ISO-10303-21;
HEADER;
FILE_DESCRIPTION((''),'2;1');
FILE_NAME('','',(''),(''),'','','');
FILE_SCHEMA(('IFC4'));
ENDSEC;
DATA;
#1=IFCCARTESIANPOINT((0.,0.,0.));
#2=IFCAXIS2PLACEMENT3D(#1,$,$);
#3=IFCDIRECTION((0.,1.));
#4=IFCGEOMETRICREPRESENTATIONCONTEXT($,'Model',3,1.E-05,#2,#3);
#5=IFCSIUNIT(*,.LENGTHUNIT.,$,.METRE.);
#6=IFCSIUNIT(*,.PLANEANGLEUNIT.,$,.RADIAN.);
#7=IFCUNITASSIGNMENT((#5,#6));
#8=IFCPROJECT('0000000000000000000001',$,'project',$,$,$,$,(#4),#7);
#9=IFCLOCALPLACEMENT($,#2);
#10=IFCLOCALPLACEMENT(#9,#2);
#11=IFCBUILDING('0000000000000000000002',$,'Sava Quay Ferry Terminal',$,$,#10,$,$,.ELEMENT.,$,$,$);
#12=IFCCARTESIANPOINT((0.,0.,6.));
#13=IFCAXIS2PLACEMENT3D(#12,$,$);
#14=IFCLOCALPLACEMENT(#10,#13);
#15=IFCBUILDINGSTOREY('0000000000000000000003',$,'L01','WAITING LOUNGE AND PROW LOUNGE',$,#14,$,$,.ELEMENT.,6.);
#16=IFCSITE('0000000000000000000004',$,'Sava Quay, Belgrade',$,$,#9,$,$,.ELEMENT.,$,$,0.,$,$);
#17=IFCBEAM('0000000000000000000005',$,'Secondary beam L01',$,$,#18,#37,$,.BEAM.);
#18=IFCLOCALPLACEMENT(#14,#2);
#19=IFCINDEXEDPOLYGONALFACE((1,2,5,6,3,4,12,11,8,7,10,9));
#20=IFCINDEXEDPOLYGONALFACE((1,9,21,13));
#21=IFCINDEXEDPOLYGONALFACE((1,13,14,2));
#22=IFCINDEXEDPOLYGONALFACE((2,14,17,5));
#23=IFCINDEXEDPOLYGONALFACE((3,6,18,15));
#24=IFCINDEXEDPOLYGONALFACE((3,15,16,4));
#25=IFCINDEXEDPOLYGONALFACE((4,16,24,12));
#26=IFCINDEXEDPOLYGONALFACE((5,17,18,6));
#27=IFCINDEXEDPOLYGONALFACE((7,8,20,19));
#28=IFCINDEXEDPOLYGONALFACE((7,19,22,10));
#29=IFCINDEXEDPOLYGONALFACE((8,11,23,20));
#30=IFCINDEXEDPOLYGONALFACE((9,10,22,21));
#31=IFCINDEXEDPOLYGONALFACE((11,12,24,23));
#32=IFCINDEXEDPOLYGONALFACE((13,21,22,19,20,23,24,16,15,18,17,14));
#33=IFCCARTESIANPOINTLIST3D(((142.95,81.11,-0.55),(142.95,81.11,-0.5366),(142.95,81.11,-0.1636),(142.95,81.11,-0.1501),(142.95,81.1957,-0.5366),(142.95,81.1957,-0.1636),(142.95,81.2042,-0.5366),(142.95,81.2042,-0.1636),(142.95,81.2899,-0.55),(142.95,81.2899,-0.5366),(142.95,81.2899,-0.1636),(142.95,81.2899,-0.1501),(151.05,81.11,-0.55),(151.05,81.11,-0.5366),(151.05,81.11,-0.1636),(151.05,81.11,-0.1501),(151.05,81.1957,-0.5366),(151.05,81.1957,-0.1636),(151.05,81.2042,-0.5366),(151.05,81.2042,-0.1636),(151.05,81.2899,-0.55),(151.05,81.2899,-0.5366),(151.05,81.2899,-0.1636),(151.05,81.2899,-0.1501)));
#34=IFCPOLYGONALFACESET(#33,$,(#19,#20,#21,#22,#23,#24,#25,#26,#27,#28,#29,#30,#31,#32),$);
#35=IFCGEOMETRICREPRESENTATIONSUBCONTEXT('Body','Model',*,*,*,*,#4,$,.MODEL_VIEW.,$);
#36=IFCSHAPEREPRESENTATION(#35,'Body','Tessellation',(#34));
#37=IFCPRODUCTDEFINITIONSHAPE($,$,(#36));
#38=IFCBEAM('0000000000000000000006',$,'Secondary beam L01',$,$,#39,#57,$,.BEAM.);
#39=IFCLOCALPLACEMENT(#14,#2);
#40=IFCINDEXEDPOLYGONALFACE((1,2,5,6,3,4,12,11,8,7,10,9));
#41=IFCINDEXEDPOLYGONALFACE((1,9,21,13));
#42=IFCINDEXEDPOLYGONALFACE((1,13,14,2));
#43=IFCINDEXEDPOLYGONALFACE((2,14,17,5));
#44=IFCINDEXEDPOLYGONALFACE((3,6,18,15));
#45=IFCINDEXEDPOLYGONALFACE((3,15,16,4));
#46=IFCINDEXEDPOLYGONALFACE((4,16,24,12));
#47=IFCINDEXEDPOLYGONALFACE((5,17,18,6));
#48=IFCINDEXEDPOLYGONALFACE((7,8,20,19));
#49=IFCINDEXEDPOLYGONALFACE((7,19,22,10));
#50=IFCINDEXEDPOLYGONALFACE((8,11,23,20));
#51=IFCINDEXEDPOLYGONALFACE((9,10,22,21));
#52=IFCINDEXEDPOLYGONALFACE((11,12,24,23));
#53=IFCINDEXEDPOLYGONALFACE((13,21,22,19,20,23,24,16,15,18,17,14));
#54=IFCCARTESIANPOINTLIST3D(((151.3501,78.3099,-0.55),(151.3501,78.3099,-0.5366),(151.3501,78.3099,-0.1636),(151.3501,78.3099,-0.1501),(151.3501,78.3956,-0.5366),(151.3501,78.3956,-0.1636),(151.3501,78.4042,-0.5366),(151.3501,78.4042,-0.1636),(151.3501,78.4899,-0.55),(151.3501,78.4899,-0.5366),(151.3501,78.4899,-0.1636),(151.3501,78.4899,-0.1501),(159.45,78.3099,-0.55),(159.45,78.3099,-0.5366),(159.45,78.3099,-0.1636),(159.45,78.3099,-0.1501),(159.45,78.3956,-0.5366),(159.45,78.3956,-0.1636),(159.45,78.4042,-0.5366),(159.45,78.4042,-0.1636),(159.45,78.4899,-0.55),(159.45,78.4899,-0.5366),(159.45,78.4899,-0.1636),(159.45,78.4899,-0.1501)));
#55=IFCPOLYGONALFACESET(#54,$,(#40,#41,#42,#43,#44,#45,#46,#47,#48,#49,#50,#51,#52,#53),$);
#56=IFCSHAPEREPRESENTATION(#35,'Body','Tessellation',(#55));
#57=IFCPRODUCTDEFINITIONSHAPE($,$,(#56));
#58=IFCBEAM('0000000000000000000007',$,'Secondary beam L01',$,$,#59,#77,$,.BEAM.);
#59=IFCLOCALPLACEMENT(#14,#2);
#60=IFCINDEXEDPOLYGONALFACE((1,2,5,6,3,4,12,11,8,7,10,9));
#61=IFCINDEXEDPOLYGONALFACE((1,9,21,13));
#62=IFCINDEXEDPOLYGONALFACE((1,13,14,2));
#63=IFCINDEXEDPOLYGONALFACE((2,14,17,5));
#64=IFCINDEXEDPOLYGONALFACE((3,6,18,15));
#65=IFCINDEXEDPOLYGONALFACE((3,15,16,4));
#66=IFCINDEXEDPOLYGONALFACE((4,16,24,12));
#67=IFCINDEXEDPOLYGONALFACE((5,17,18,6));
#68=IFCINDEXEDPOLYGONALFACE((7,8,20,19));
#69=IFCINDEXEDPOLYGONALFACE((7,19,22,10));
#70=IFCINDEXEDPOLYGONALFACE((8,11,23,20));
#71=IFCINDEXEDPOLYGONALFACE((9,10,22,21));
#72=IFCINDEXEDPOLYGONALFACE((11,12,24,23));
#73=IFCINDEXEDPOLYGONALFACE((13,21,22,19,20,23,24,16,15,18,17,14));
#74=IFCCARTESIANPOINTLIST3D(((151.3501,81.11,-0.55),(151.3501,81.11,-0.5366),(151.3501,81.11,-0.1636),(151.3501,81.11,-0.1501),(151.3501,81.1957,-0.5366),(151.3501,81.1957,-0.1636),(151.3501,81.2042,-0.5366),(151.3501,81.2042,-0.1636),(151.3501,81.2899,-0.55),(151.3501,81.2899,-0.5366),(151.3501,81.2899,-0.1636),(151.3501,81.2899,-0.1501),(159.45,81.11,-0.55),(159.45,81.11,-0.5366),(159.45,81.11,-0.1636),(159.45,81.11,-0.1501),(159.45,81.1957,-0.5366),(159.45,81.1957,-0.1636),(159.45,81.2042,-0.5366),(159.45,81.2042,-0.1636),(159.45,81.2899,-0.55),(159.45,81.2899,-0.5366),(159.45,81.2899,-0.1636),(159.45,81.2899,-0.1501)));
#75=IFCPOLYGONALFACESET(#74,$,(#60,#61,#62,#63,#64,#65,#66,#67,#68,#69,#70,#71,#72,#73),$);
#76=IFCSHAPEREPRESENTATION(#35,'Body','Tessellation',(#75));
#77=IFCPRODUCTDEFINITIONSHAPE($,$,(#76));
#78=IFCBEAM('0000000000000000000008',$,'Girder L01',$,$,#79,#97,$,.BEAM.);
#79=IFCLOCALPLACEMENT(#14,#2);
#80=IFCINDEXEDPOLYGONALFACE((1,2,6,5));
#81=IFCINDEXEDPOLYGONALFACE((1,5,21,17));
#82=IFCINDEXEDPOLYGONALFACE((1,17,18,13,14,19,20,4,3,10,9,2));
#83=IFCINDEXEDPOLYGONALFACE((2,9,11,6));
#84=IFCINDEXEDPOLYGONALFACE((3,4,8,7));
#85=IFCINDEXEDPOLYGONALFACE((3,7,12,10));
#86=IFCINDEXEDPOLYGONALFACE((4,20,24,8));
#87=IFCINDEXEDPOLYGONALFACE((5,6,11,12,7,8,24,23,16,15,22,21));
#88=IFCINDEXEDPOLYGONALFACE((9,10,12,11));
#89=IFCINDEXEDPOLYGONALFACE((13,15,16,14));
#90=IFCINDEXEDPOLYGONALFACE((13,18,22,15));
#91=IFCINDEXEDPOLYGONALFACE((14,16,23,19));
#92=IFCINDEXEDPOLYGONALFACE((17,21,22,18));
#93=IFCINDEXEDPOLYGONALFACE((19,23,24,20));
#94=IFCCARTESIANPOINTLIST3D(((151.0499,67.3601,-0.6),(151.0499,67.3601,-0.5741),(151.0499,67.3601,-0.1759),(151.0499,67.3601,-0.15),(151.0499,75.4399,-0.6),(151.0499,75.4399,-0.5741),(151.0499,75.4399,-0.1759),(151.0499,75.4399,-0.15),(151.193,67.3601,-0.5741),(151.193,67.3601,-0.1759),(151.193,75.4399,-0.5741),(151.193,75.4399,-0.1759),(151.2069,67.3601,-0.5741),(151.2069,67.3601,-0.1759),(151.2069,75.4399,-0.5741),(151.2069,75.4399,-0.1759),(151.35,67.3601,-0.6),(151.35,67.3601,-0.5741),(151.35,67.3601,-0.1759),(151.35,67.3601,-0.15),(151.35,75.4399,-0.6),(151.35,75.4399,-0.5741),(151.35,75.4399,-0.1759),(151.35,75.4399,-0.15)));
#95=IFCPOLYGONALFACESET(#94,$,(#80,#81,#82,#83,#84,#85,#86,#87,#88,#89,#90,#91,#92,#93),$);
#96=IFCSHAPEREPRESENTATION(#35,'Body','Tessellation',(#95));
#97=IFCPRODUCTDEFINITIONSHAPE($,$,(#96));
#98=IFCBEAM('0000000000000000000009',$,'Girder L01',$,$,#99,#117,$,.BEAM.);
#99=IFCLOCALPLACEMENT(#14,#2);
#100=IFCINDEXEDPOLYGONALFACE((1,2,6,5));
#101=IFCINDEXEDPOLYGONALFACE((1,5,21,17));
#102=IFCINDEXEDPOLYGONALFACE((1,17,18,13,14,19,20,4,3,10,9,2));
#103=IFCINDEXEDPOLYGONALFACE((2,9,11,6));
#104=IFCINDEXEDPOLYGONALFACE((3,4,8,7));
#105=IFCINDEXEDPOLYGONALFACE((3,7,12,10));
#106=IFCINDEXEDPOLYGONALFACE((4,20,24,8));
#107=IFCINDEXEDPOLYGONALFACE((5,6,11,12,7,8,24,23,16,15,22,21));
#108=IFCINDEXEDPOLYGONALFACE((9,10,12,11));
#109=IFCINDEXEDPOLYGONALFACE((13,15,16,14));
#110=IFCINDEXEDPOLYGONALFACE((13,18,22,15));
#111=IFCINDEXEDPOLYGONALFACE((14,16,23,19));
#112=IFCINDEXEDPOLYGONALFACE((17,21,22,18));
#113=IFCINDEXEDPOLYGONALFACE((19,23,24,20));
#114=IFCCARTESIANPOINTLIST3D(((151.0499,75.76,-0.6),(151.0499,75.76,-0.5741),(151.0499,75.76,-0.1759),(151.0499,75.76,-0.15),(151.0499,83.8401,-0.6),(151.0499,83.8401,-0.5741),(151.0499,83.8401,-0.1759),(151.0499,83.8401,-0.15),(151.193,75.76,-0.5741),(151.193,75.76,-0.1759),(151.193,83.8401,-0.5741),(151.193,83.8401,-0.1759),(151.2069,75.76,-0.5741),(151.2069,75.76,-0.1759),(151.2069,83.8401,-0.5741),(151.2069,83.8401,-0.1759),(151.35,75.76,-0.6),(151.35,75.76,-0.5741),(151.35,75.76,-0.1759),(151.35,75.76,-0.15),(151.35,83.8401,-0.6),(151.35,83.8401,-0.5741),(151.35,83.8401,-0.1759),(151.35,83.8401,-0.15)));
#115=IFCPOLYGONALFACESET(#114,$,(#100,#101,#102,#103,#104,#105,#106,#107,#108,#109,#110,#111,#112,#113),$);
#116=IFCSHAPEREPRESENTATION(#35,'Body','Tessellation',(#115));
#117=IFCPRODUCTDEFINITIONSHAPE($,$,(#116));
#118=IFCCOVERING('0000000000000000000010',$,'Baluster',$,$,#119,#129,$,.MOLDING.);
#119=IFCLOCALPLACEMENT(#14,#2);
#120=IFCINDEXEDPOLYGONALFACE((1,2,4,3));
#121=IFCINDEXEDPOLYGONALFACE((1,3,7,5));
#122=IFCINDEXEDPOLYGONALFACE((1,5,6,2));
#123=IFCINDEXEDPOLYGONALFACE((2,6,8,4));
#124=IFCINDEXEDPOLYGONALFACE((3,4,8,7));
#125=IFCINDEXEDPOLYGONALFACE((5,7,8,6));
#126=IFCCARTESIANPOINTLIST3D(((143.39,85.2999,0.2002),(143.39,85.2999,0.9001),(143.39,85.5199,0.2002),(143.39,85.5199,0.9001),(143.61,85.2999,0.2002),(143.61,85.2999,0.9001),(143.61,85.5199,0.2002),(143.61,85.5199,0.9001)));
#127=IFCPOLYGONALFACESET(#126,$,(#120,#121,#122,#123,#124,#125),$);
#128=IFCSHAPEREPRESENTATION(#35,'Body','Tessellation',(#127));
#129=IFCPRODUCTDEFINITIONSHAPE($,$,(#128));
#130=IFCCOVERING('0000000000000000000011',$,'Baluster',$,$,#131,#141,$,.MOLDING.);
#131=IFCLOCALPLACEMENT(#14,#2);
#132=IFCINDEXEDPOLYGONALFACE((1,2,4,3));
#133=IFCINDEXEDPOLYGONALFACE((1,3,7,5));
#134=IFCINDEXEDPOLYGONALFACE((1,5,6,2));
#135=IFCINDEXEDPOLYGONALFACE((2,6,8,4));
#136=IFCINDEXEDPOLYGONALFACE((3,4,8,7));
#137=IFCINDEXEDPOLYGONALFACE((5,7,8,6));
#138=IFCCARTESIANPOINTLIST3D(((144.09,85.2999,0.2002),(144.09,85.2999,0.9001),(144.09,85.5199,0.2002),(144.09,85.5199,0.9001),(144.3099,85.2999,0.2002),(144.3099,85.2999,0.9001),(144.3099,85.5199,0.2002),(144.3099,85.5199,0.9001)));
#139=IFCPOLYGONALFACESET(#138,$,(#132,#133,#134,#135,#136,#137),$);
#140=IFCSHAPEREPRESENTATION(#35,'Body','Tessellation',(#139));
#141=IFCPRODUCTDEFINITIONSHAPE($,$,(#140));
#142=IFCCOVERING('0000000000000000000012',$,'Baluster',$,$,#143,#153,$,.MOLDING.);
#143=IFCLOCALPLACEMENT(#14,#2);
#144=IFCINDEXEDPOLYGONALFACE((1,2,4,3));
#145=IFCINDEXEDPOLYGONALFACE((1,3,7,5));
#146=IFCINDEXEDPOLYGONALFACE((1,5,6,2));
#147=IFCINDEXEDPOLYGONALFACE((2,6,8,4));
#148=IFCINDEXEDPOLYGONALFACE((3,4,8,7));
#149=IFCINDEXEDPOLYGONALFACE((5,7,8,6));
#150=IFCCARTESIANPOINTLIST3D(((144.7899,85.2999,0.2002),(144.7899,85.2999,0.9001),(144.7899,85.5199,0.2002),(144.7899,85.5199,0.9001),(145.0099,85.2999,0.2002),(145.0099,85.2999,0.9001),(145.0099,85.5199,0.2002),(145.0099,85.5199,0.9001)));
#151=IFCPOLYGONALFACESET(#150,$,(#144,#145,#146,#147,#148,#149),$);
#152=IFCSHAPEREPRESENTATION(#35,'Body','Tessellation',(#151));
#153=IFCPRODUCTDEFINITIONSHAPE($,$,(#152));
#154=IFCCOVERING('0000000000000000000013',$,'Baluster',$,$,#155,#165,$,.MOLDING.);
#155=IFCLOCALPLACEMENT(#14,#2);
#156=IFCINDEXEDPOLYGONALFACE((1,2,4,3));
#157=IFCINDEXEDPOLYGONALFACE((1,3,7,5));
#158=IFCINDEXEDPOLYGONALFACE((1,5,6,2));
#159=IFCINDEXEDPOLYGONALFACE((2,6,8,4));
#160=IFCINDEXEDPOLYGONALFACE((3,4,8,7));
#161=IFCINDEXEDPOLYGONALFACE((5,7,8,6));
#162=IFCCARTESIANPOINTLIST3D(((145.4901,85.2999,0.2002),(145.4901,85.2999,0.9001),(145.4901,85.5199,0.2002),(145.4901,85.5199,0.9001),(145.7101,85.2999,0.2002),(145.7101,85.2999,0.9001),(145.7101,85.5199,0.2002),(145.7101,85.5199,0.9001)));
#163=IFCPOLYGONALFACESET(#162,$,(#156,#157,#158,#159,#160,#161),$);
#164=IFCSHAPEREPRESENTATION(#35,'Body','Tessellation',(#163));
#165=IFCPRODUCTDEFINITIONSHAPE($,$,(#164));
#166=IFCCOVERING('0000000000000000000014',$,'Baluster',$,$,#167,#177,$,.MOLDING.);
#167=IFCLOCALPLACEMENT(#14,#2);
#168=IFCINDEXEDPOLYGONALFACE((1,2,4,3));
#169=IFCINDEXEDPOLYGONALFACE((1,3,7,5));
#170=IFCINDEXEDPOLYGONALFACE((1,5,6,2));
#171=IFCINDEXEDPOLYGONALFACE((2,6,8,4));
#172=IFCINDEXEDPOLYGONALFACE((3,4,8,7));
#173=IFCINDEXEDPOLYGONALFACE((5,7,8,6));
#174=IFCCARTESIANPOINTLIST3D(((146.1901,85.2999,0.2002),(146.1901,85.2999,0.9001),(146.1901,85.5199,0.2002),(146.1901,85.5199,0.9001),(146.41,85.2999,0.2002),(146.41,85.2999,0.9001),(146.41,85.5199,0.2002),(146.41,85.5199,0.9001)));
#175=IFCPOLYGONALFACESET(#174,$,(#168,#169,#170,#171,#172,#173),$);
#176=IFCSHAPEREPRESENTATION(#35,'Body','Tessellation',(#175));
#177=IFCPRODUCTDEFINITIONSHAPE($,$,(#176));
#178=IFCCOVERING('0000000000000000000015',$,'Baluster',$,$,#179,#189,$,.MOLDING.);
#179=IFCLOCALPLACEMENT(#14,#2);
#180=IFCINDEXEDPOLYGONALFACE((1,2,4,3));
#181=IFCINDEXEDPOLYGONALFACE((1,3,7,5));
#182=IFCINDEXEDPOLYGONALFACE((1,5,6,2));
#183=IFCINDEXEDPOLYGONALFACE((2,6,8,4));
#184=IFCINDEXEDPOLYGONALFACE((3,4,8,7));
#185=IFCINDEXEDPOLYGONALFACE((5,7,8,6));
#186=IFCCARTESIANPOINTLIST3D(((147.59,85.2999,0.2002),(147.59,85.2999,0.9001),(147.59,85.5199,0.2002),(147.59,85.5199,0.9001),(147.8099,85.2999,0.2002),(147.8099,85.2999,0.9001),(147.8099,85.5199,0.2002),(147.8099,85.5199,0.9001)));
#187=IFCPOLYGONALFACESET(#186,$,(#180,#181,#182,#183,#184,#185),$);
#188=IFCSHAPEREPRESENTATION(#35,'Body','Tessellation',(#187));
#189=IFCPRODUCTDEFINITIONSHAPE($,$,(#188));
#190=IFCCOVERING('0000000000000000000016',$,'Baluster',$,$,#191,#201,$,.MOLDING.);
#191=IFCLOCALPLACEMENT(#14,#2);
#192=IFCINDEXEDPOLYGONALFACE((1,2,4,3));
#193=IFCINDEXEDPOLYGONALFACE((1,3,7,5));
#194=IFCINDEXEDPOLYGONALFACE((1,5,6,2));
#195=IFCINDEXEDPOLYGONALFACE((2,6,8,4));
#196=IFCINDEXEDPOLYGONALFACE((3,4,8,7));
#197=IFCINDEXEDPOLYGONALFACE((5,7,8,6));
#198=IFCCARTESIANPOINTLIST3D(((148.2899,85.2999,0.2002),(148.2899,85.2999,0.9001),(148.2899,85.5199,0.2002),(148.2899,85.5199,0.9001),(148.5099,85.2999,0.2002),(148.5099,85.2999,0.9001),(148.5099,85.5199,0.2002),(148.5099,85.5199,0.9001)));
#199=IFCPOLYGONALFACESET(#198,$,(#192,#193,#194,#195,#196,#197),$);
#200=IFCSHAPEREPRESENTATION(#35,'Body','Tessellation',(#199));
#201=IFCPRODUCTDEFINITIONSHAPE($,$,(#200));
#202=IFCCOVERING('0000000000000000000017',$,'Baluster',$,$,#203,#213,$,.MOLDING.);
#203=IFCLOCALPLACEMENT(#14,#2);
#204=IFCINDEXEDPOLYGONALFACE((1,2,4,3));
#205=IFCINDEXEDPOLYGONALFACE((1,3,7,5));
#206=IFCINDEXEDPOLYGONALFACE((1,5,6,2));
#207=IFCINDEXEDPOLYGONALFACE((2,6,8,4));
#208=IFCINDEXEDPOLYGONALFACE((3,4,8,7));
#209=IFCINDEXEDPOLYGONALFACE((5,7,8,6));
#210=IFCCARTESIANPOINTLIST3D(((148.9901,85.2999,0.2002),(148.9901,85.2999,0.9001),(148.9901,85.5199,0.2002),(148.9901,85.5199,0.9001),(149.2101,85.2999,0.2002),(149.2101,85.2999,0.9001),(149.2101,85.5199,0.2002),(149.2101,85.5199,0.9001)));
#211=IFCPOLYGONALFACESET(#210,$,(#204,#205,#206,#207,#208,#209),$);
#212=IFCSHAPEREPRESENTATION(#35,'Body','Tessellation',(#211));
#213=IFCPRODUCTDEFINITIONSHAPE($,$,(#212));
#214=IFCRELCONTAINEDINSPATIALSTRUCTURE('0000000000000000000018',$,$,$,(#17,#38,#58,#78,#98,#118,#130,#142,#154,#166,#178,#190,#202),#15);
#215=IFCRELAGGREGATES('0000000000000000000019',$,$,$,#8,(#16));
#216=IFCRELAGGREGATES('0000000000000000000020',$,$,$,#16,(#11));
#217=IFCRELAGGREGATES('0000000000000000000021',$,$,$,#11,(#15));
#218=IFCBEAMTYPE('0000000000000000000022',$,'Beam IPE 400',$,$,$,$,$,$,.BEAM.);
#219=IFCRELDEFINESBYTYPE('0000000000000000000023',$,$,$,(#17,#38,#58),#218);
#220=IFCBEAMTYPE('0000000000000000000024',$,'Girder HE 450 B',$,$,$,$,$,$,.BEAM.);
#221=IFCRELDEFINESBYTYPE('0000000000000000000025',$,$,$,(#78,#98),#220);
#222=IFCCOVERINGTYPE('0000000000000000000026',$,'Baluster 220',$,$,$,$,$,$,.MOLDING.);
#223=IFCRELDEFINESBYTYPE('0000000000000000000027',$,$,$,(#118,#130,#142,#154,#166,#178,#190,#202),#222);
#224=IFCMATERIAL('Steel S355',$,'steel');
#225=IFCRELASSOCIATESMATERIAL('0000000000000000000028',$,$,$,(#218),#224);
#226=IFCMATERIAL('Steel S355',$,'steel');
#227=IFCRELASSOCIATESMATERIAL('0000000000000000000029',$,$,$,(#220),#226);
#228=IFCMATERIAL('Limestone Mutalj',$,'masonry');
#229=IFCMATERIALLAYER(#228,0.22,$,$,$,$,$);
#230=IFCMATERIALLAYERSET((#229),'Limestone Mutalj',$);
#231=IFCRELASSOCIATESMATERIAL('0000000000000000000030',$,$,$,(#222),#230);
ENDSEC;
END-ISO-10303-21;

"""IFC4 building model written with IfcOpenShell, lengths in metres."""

from ifc_helpers import new_model, si_unit, direction, frame, origin, origin_2d, place, context, subcontext, project, spatial, rectangle, i_section, extrude, material, layer, layer_set, material_profile, profile_set, type_object, element, save


model = new_model("IFC4")

# Units and contexts
model_context = context("Model", 3, precision=1e-05, world=origin(), true_north=direction((0.0, 1.0)))
body_context = subcontext(model_context, "Body", "Model", "MODEL_VIEW")
ifc_project = project(units=[si_unit("LENGTHUNIT", "METRE"), si_unit("PLANEANGLEUNIT", "RADIAN")], contexts=[model_context])

# Site, building, storey
site_placement = place(None, origin())
site = spatial("IfcSite", under=ifc_project, at=site_placement, Name="Sava Quay, Belgrade", CompositionType="ELEMENT", RefElevation=0.0)
building_placement = place(site_placement, origin())
building = spatial("IfcBuilding", under=site, at=building_placement, Name="Sava Quay Ferry Terminal", CompositionType="ELEMENT")
storey_placement = place(building_placement, frame((0.0, 0.0, 6.0)))
storey = spatial("IfcBuildingStorey", under=building, at=storey_placement, Name="L01", Description="WAITING LOUNGE AND PROW LOUNGE", CompositionType="ELEMENT", Elevation=6.0)

# Beams
ifc_material_1 = material(Name="Steel S355", Category="steel")
ifc_material_profile_1 = material_profile(ifc_material_1, i_section(OverallWidth=0.1799, OverallDepth=0.3999, WebThickness=0.0085, FlangeThickness=0.0134, at=origin_2d()), Name="IPE 400")
ifc_profile_set_1 = profile_set([ifc_material_profile_1], Name="Steel S355")
beam_type_1 = type_object("IfcBeamType", Name="Beam IPE 400", PredefinedType="BEAM", material=ifc_profile_set_1)
for number, where, z_axis, x_axis, name in (
    (1, (142.95, 81.2, -0.3501), (1.0, 0.0, 0.0), (0.0, 1.0, 0.0), "Secondary beam L01"),
):
    element("IfcBeam", number, at=place(storey_placement, frame(where, z_axis=z_axis, x_axis=x_axis)), inside=storey, type_object=beam_type_1, Name=name, PredefinedType="BEAM", context=body_context, shape_type="SweptSolid", body=[
        extrude(i_section(OverallWidth=0.1799, OverallDepth=0.3999, WebThickness=0.0085, FlangeThickness=0.0134, at=origin_2d()), origin(), (0.0, 0.0, 1.0), 8.1001),
    ])
for number, where, z_axis, x_axis, name in (
    (2, (151.3501, 78.3999, -0.3501), (1.0, 0.0, 0.0), (0.0, 1.0, 0.0), "Secondary beam L01"),
    (3, (151.3501, 81.2, -0.3501), (1.0, 0.0, 0.0), (0.0, 1.0, 0.0), "Secondary beam L01"),
):
    element("IfcBeam", number, at=place(storey_placement, frame(where, z_axis=z_axis, x_axis=x_axis)), inside=storey, type_object=beam_type_1, Name=name, PredefinedType="BEAM", context=body_context, shape_type="SweptSolid", body=[
        extrude(i_section(OverallWidth=0.1799, OverallDepth=0.3999, WebThickness=0.0085, FlangeThickness=0.0134, at=origin_2d()), origin(), (0.0, 0.0, 1.0), 8.0999),
    ])
ifc_material_2 = material(Name="Steel S355", Category="steel")
ifc_material_profile_2 = material_profile(ifc_material_2, i_section(OverallWidth=0.3, OverallDepth=0.45, WebThickness=0.0139, FlangeThickness=0.0259, at=origin_2d()), Name="HE 450 B")
ifc_profile_set_2 = profile_set([ifc_material_profile_2], Name="Steel S355")
beam_type_2 = type_object("IfcBeamType", Name="Girder HE 450 B", PredefinedType="BEAM", material=ifc_profile_set_2)
beam_1_placement = place(storey_placement, frame((151.2, 67.3601, -0.375), z_axis=(0.0, 1.0, 0.0), x_axis=(-1.0, 0.0, 0.0)))
element("IfcBeam", 4, at=beam_1_placement, inside=storey, type_object=beam_type_2, Name="Girder L01", PredefinedType="BEAM", context=body_context, shape_type="SweptSolid", body=[
    extrude(i_section(OverallWidth=0.3, OverallDepth=0.45, WebThickness=0.0139, FlangeThickness=0.0259, at=origin_2d()), origin(), (0.0, 0.0, 1.0), 8.0798),
])
beam_2_placement = place(storey_placement, frame((151.2, 75.76, -0.375), z_axis=(0.0, 1.0, 0.0), x_axis=(-1.0, 0.0, 0.0)))
element("IfcBeam", 5, at=beam_2_placement, inside=storey, type_object=beam_type_2, Name="Girder L01", PredefinedType="BEAM", context=body_context, shape_type="SweptSolid", body=[
    extrude(i_section(OverallWidth=0.3, OverallDepth=0.45, WebThickness=0.0139, FlangeThickness=0.0259, at=origin_2d()), origin(), (0.0, 0.0, 1.0), 8.0801),
])

# Coverings
ifc_material_3 = material(Name="Limestone Mutalj", Category="masonry")
ifc_layer_1 = layer(ifc_material_3, 0.22)
ifc_layer_set_1 = layer_set([ifc_layer_1], Name="Limestone Mutalj")
covering_type_1 = type_object("IfcCoveringType", Name="Baluster 220", PredefinedType="MOLDING", material=ifc_layer_set_1)
for number, where, z_axis, x_axis, name in (
    (6, (143.5, 85.4099, 0.2002), (0.0, 0.0, 1.0), (1.0, 0.0, 0.0), "Baluster"),
    (7, (144.2, 85.4099, 0.2002), (0.0, 0.0, 1.0), (1.0, 0.0, 0.0), "Baluster"),
    (8, (144.8999, 85.4099, 0.2002), (0.0, 0.0, 1.0), (1.0, 0.0, 0.0), "Baluster"),
    (9, (145.6001, 85.4099, 0.2002), (0.0, 0.0, 1.0), (1.0, 0.0, 0.0), "Baluster"),
    (10, (146.3, 85.4099, 0.2002), (0.0, 0.0, 1.0), (1.0, 0.0, 0.0), "Baluster"),
    (11, (147.7, 85.4099, 0.2002), (0.0, 0.0, 1.0), (1.0, 0.0, 0.0), "Baluster"),
    (12, (148.3999, 85.4099, 0.2002), (0.0, 0.0, 1.0), (1.0, 0.0, 0.0), "Baluster"),
    (13, (149.1001, 85.4099, 0.2002), (0.0, 0.0, 1.0), (1.0, 0.0, 0.0), "Baluster"),
):
    element("IfcCovering", number, at=place(storey_placement, frame(where, z_axis=z_axis, x_axis=x_axis)), inside=storey, type_object=covering_type_1, Name=name, PredefinedType="MOLDING", context=body_context, shape_type="SweptSolid", body=[
        extrude(rectangle(XDim=0.22, YDim=0.22, at=origin_2d()), origin(), (0.0, 0.0, 1.0), 0.7),
    ])

save(model, "model.ifc")
